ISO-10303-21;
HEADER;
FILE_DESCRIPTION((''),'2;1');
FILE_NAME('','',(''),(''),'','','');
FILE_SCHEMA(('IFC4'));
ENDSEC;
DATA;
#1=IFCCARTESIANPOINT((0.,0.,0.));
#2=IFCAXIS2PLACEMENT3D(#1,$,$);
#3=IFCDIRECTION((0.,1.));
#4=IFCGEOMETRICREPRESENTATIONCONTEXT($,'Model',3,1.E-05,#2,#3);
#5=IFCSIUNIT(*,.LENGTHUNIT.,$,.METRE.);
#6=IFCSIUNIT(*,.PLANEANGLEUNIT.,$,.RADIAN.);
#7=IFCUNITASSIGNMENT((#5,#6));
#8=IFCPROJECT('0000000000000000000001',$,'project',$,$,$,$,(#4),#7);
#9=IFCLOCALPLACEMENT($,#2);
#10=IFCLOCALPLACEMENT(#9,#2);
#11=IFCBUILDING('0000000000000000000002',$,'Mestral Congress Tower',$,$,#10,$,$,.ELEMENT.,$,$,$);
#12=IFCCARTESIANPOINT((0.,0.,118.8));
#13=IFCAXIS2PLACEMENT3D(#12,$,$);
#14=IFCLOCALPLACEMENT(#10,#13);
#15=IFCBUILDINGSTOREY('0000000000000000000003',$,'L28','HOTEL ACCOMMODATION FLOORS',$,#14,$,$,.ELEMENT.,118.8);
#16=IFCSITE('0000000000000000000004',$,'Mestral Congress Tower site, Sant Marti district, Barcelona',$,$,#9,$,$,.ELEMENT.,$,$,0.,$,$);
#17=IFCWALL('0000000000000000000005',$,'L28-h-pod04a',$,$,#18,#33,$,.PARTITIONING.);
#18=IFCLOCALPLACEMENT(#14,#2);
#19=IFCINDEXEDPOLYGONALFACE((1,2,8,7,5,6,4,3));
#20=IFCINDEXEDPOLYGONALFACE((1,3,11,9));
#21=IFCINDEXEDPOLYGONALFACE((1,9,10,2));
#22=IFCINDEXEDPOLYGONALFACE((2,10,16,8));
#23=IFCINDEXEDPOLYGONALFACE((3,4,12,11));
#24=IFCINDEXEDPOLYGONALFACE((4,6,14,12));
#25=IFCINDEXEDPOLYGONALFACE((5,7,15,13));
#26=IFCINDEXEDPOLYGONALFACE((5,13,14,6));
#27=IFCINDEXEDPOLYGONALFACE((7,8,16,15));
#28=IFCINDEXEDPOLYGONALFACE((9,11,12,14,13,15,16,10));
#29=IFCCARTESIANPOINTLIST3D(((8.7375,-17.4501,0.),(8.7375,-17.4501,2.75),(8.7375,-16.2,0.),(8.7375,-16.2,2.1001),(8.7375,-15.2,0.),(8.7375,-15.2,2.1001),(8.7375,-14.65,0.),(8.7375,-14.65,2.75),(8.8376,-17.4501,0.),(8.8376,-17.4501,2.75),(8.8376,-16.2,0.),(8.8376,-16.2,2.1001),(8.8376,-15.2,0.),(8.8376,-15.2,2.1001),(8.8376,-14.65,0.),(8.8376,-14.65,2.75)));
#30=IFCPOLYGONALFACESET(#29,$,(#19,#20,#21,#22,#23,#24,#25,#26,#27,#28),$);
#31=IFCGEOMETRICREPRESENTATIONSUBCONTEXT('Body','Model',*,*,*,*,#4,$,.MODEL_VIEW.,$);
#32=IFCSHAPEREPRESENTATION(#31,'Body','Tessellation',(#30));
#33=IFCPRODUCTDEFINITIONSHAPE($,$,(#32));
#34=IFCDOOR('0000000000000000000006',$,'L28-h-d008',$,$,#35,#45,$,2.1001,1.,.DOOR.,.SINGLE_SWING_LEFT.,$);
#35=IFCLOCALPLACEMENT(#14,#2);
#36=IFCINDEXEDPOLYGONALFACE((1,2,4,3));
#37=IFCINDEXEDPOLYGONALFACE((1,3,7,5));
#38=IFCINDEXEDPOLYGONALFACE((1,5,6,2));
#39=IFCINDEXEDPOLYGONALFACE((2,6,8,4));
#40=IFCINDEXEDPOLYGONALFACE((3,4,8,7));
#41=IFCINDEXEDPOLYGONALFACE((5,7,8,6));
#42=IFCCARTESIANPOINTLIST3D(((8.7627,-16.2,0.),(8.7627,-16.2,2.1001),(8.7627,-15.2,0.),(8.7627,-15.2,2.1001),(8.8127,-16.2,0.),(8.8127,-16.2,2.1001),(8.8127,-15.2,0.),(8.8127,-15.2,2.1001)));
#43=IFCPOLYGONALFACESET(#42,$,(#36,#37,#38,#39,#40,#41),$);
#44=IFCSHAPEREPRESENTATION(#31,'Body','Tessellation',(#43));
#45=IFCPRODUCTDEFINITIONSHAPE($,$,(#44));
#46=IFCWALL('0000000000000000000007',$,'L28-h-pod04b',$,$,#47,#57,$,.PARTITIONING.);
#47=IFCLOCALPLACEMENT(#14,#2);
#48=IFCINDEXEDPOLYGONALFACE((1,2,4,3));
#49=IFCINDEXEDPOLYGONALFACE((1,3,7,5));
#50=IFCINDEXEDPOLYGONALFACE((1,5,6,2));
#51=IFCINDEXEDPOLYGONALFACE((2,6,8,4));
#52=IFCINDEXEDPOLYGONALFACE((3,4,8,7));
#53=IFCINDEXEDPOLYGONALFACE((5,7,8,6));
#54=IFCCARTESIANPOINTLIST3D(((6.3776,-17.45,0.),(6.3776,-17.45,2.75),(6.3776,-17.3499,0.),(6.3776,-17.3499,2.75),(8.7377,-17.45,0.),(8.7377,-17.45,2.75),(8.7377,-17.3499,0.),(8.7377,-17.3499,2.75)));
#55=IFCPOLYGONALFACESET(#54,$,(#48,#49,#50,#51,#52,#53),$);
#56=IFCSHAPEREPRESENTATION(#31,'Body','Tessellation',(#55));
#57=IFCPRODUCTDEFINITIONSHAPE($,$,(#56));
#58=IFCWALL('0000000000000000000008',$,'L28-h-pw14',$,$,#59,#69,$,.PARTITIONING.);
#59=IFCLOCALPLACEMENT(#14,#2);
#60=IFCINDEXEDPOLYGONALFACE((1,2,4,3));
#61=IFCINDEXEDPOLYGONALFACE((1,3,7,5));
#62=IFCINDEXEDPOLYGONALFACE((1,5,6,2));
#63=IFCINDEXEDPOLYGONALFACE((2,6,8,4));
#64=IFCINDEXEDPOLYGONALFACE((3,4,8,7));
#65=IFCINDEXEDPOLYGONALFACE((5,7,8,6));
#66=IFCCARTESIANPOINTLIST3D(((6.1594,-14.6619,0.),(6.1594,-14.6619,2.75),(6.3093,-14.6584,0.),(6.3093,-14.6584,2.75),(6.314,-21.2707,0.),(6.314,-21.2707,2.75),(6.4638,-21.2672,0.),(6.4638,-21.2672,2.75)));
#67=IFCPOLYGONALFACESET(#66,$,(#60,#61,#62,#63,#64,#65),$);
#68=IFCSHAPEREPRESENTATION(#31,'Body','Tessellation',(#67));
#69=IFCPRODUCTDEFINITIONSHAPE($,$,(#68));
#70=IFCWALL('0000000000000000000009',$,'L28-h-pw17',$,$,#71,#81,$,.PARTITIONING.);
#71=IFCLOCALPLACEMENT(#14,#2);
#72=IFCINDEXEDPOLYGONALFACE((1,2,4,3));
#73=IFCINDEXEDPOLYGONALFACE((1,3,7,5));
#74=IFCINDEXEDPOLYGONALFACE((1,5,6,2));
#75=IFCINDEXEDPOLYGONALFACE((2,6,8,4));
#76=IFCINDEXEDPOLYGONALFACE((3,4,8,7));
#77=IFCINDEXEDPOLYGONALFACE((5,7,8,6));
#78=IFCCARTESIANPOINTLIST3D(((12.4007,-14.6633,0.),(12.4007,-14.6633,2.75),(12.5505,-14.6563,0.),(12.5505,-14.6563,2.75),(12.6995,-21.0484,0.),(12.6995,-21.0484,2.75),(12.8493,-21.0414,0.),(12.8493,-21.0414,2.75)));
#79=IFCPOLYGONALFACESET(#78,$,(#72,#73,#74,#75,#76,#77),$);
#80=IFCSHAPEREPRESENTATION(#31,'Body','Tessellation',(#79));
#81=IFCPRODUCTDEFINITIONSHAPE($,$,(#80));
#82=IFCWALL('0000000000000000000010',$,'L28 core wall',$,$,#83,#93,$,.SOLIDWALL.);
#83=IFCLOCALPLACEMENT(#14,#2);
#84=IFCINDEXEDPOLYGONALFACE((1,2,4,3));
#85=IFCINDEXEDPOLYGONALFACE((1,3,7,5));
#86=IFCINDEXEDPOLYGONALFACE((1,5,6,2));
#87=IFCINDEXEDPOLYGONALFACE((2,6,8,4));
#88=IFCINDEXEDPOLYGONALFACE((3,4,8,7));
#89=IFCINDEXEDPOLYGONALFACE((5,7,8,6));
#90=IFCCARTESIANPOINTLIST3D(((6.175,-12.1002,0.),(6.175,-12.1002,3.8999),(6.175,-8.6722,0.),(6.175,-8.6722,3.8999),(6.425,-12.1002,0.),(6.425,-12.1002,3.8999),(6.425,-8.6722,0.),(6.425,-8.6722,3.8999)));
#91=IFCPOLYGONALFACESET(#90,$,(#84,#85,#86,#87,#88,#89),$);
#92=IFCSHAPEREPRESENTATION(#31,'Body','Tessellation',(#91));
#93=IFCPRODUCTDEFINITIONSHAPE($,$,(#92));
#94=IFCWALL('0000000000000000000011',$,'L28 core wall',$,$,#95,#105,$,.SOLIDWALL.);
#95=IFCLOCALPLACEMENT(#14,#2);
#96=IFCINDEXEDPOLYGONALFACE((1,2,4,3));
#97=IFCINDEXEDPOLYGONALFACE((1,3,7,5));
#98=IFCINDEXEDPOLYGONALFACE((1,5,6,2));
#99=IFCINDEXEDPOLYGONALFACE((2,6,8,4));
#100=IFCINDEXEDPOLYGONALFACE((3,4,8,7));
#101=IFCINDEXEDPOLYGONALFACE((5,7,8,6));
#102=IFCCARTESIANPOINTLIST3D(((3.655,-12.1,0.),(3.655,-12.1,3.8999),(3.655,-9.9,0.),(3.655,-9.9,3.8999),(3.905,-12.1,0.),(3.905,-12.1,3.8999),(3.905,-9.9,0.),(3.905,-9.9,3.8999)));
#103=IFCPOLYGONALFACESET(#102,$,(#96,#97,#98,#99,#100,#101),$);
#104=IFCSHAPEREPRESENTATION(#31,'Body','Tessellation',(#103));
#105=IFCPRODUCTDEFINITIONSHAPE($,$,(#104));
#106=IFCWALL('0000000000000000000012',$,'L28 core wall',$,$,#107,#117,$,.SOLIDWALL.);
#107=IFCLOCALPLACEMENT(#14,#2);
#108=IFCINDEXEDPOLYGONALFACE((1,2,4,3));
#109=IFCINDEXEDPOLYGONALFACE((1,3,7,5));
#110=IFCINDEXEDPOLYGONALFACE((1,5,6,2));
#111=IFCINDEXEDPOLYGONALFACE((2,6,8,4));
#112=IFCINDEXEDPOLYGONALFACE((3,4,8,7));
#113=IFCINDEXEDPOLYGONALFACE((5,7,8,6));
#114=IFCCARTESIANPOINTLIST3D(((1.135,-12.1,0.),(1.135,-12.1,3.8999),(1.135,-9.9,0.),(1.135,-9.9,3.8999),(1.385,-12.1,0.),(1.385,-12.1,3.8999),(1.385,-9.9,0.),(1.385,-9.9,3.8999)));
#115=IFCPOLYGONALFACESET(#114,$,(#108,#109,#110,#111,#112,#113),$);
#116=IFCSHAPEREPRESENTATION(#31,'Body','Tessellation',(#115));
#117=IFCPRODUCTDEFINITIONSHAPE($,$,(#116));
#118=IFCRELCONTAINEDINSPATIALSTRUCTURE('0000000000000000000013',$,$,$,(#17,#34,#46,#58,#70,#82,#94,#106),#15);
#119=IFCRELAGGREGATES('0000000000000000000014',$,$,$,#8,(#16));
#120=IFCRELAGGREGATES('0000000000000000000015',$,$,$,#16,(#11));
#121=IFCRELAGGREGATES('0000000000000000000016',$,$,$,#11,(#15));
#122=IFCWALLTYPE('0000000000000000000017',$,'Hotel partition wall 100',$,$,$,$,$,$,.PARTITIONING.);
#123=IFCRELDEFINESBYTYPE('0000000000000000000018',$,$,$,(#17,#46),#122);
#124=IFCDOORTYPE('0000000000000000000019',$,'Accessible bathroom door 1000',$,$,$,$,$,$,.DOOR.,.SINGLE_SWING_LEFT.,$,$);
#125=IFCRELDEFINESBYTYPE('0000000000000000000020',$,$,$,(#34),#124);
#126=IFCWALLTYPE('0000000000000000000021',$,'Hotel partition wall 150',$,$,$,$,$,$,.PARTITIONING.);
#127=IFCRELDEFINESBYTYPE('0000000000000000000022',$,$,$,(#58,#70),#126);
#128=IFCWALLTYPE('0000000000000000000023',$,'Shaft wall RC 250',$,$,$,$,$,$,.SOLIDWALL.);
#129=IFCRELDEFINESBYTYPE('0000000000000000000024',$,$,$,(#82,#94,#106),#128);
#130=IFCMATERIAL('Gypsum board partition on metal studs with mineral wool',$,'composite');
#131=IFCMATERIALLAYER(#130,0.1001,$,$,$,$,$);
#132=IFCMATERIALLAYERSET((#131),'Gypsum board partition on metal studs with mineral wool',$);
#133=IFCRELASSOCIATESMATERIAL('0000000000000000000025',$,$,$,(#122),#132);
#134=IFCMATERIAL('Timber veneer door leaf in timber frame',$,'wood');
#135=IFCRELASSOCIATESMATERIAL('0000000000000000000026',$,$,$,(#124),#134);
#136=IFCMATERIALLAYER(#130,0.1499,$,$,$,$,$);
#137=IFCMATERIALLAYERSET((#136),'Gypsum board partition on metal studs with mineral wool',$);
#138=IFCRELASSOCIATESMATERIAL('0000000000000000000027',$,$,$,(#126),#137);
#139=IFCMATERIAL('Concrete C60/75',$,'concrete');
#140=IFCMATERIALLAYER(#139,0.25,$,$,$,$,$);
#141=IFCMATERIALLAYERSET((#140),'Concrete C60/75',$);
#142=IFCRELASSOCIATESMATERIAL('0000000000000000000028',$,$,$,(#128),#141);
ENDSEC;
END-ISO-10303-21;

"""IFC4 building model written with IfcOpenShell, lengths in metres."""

from ifc_helpers import new_model, si_unit, direction, frame, frame_2d, origin, place, context, subcontext, project, spatial, rectangle, extrude, material, layer, layer_set, type_object, element, fill, save


model = new_model("IFC4")

# Units and contexts
model_context = context("Model", 3, precision=1e-05, world=origin(), true_north=direction((0.0, 1.0)))
body_context = subcontext(model_context, "Body", "Model", "MODEL_VIEW")
ifc_project = project(units=[si_unit("LENGTHUNIT", "METRE"), si_unit("PLANEANGLEUNIT", "RADIAN")], contexts=[model_context])

# Site, building, storey
site_placement = place(None, origin())
site = spatial("IfcSite", under=ifc_project, at=site_placement, Name="Mestral Congress Tower site, Sant Marti district, Barcelona", CompositionType="ELEMENT", RefElevation=0.0)
building_placement = place(site_placement, origin())
building = spatial("IfcBuilding", under=site, at=building_placement, Name="Mestral Congress Tower", CompositionType="ELEMENT")
storey_placement = place(building_placement, frame((0.0, 0.0, 118.8)))
storey = spatial("IfcBuildingStorey", under=building, at=storey_placement, Name="L28", Description="HOTEL ACCOMMODATION FLOORS", CompositionType="ELEMENT", Elevation=118.8)

# Shared definitions
ifc_material_1 = material(Name="Concrete C60/75", Category="concrete")

# Shared definitions
ifc_material_2 = material(Name="Gypsum board partition on metal studs with mineral wool", Category="composite")
ifc_layer_1 = layer(ifc_material_2, 0.1001)
ifc_layer_set_1 = layer_set([ifc_layer_1], Name="Gypsum board partition on metal studs with mineral wool")
wall_type_1 = type_object("IfcWallType", Name="Hotel partition wall 100", PredefinedType="PARTITIONING", material=ifc_layer_set_1)
ifc_material_3 = material(Name="Timber veneer door leaf in timber frame", Category="wood")

# Wall, opening, door
wall_1_placement = place(storey_placement, frame((8.7876, -17.45, 0.0), z_axis=(0.0, 0.0, 1.0), x_axis=(0.0, 1.0, 0.0)))
wall_1 = element("IfcWall", 1, at=wall_1_placement, inside=storey, type_object=wall_type_1, Name="L28-h-pod04a", PredefinedType="PARTITIONING", context=body_context, shape_type="SweptSolid", body=[
    extrude(rectangle(XDim=2.8, YDim=0.1001, at=frame_2d((1.3999, 0.0))), origin(), (0.0, 0.0, 1.0), 2.75),
])
opening_1_placement = place(wall_1_placement, frame((1.25, 0.0, 0.0)))
opening_1 = element("IfcOpeningElement", 2, at=opening_1_placement, cuts=wall_1, PredefinedType="OPENING", context=body_context, shape_type="SweptSolid", body=[
    extrude(rectangle(XDim=1.0, YDim=2.1001, at=frame_2d((0.5, 1.05))), frame((0.0, 0.0601, 0.0), z_axis=(0.0, -1.0, 0.0), x_axis=(1.0, 0.0, 0.0)), (0.0, 0.0, 1.0), 0.1201),
])
door_type_1 = type_object("IfcDoorType", Name="Accessible bathroom door 1000", OperationType="SINGLE_SWING_LEFT", PredefinedType="DOOR", material=ifc_material_3)
door_1_placement = place(opening_1_placement, origin())
door_1 = element("IfcDoor", 3, at=door_1_placement, inside=storey, type_object=door_type_1, Name="L28-h-d008", OperationType="SINGLE_SWING_LEFT", OverallHeight=2.1001, OverallWidth=1.0, PredefinedType="DOOR", context=body_context, shape_type="SweptSolid", body=[
    extrude(rectangle(XDim=1.0, YDim=2.1001, at=frame_2d((0.5, 1.05))), frame((0.0, 0.0249, 0.0), z_axis=(0.0, -1.0, 0.0), x_axis=(1.0, 0.0, 0.0)), (0.0, 0.0, 1.0), 0.05),
])
fill(opening_1, door_1)

# Walls
wall_2_placement = place(storey_placement, frame((8.7378, -17.3999, 0.0), z_axis=(0.0, 0.0, 1.0), x_axis=(-1.0, 0.0, 0.0)))
element("IfcWall", 4, at=wall_2_placement, inside=storey, type_object=wall_type_1, Name="L28-h-pod04b", PredefinedType="PARTITIONING", context=body_context, shape_type="SweptSolid", body=[
    extrude(rectangle(XDim=2.3601, YDim=0.1001, at=frame_2d((1.1802, 0.0))), origin(), (0.0, 0.0, 1.0), 2.75),
])
ifc_layer_2 = layer(ifc_material_2, 0.1499)
ifc_layer_set_2 = layer_set([ifc_layer_2], Name="Gypsum board partition on metal studs with mineral wool")
wall_type_2 = type_object("IfcWallType", Name="Hotel partition wall 150", PredefinedType="PARTITIONING", material=ifc_layer_set_2)
wall_3_placement = place(storey_placement, frame((6.3889, -21.2688, 0.0), z_axis=(0.0, 0.0, 1.0), x_axis=(-0.023377, 0.999727, 0.0)))
element("IfcWall", 5, at=wall_3_placement, inside=storey, type_object=wall_type_2, Name="L28-h-pw14", PredefinedType="PARTITIONING", context=body_context, shape_type="SweptSolid", body=[
    extrude(rectangle(XDim=6.6106, YDim=0.1499, at=frame_2d((3.3052, 0.0))), origin(), (0.0, 0.0, 1.0), 2.75),
])
wall_4_placement = place(storey_placement, frame((12.7744, -21.0449, 0.0), z_axis=(0.0, 0.0, 1.0), x_axis=(-0.04675, 0.998907, 0.0)))
element("IfcWall", 6, at=wall_4_placement, inside=storey, type_object=wall_type_2, Name="L28-h-pw17", PredefinedType="PARTITIONING", context=body_context, shape_type="SweptSolid", body=[
    extrude(rectangle(XDim=6.3921, YDim=0.1499, at=frame_2d((3.196, 0.0))), origin(), (0.0, 0.0, 1.0), 2.75),
])
ifc_layer_3 = layer(ifc_material_1, 0.25)
ifc_layer_set_3 = layer_set([ifc_layer_3], Name="Concrete C60/75")
wall_type_3 = type_object("IfcWallType", Name="Shaft wall RC 250", PredefinedType="SOLIDWALL", material=ifc_layer_set_3)
wall_5_placement = place(storey_placement, frame((6.3, -12.1001, 0.0), z_axis=(0.0, 0.0, 1.0), x_axis=(0.0, 1.0, 0.0)))
element("IfcWall", 7, at=wall_5_placement, inside=storey, type_object=wall_type_3, Name="L28 core wall", PredefinedType="SOLIDWALL", context=body_context, shape_type="SweptSolid", body=[
    extrude(rectangle(XDim=3.428, YDim=0.25, at=frame_2d((1.7139, 0.0))), origin(), (0.0, 0.0, 1.0), 3.8999),
])
for number, where, z_axis, x_axis, name in (
    (8, (3.78, -12.1001, 0.0), (0.0, 0.0, 1.0), (0.0, 1.0, 0.0), "L28 core wall"),
    (9, (1.26, -12.1001, 0.0), (0.0, 0.0, 1.0), (0.0, 1.0, 0.0), "L28 core wall"),
):
    element("IfcWall", number, at=place(storey_placement, frame(where, z_axis=z_axis, x_axis=x_axis)), inside=storey, type_object=wall_type_3, Name=name, PredefinedType="SOLIDWALL", context=body_context, shape_type="SweptSolid", body=[
        extrude(rectangle(XDim=2.2, YDim=0.25, at=frame_2d((1.1001, 0.0))), origin(), (0.0, 0.0, 1.0), 3.8999),
    ])

save(model, "model.ifc")
